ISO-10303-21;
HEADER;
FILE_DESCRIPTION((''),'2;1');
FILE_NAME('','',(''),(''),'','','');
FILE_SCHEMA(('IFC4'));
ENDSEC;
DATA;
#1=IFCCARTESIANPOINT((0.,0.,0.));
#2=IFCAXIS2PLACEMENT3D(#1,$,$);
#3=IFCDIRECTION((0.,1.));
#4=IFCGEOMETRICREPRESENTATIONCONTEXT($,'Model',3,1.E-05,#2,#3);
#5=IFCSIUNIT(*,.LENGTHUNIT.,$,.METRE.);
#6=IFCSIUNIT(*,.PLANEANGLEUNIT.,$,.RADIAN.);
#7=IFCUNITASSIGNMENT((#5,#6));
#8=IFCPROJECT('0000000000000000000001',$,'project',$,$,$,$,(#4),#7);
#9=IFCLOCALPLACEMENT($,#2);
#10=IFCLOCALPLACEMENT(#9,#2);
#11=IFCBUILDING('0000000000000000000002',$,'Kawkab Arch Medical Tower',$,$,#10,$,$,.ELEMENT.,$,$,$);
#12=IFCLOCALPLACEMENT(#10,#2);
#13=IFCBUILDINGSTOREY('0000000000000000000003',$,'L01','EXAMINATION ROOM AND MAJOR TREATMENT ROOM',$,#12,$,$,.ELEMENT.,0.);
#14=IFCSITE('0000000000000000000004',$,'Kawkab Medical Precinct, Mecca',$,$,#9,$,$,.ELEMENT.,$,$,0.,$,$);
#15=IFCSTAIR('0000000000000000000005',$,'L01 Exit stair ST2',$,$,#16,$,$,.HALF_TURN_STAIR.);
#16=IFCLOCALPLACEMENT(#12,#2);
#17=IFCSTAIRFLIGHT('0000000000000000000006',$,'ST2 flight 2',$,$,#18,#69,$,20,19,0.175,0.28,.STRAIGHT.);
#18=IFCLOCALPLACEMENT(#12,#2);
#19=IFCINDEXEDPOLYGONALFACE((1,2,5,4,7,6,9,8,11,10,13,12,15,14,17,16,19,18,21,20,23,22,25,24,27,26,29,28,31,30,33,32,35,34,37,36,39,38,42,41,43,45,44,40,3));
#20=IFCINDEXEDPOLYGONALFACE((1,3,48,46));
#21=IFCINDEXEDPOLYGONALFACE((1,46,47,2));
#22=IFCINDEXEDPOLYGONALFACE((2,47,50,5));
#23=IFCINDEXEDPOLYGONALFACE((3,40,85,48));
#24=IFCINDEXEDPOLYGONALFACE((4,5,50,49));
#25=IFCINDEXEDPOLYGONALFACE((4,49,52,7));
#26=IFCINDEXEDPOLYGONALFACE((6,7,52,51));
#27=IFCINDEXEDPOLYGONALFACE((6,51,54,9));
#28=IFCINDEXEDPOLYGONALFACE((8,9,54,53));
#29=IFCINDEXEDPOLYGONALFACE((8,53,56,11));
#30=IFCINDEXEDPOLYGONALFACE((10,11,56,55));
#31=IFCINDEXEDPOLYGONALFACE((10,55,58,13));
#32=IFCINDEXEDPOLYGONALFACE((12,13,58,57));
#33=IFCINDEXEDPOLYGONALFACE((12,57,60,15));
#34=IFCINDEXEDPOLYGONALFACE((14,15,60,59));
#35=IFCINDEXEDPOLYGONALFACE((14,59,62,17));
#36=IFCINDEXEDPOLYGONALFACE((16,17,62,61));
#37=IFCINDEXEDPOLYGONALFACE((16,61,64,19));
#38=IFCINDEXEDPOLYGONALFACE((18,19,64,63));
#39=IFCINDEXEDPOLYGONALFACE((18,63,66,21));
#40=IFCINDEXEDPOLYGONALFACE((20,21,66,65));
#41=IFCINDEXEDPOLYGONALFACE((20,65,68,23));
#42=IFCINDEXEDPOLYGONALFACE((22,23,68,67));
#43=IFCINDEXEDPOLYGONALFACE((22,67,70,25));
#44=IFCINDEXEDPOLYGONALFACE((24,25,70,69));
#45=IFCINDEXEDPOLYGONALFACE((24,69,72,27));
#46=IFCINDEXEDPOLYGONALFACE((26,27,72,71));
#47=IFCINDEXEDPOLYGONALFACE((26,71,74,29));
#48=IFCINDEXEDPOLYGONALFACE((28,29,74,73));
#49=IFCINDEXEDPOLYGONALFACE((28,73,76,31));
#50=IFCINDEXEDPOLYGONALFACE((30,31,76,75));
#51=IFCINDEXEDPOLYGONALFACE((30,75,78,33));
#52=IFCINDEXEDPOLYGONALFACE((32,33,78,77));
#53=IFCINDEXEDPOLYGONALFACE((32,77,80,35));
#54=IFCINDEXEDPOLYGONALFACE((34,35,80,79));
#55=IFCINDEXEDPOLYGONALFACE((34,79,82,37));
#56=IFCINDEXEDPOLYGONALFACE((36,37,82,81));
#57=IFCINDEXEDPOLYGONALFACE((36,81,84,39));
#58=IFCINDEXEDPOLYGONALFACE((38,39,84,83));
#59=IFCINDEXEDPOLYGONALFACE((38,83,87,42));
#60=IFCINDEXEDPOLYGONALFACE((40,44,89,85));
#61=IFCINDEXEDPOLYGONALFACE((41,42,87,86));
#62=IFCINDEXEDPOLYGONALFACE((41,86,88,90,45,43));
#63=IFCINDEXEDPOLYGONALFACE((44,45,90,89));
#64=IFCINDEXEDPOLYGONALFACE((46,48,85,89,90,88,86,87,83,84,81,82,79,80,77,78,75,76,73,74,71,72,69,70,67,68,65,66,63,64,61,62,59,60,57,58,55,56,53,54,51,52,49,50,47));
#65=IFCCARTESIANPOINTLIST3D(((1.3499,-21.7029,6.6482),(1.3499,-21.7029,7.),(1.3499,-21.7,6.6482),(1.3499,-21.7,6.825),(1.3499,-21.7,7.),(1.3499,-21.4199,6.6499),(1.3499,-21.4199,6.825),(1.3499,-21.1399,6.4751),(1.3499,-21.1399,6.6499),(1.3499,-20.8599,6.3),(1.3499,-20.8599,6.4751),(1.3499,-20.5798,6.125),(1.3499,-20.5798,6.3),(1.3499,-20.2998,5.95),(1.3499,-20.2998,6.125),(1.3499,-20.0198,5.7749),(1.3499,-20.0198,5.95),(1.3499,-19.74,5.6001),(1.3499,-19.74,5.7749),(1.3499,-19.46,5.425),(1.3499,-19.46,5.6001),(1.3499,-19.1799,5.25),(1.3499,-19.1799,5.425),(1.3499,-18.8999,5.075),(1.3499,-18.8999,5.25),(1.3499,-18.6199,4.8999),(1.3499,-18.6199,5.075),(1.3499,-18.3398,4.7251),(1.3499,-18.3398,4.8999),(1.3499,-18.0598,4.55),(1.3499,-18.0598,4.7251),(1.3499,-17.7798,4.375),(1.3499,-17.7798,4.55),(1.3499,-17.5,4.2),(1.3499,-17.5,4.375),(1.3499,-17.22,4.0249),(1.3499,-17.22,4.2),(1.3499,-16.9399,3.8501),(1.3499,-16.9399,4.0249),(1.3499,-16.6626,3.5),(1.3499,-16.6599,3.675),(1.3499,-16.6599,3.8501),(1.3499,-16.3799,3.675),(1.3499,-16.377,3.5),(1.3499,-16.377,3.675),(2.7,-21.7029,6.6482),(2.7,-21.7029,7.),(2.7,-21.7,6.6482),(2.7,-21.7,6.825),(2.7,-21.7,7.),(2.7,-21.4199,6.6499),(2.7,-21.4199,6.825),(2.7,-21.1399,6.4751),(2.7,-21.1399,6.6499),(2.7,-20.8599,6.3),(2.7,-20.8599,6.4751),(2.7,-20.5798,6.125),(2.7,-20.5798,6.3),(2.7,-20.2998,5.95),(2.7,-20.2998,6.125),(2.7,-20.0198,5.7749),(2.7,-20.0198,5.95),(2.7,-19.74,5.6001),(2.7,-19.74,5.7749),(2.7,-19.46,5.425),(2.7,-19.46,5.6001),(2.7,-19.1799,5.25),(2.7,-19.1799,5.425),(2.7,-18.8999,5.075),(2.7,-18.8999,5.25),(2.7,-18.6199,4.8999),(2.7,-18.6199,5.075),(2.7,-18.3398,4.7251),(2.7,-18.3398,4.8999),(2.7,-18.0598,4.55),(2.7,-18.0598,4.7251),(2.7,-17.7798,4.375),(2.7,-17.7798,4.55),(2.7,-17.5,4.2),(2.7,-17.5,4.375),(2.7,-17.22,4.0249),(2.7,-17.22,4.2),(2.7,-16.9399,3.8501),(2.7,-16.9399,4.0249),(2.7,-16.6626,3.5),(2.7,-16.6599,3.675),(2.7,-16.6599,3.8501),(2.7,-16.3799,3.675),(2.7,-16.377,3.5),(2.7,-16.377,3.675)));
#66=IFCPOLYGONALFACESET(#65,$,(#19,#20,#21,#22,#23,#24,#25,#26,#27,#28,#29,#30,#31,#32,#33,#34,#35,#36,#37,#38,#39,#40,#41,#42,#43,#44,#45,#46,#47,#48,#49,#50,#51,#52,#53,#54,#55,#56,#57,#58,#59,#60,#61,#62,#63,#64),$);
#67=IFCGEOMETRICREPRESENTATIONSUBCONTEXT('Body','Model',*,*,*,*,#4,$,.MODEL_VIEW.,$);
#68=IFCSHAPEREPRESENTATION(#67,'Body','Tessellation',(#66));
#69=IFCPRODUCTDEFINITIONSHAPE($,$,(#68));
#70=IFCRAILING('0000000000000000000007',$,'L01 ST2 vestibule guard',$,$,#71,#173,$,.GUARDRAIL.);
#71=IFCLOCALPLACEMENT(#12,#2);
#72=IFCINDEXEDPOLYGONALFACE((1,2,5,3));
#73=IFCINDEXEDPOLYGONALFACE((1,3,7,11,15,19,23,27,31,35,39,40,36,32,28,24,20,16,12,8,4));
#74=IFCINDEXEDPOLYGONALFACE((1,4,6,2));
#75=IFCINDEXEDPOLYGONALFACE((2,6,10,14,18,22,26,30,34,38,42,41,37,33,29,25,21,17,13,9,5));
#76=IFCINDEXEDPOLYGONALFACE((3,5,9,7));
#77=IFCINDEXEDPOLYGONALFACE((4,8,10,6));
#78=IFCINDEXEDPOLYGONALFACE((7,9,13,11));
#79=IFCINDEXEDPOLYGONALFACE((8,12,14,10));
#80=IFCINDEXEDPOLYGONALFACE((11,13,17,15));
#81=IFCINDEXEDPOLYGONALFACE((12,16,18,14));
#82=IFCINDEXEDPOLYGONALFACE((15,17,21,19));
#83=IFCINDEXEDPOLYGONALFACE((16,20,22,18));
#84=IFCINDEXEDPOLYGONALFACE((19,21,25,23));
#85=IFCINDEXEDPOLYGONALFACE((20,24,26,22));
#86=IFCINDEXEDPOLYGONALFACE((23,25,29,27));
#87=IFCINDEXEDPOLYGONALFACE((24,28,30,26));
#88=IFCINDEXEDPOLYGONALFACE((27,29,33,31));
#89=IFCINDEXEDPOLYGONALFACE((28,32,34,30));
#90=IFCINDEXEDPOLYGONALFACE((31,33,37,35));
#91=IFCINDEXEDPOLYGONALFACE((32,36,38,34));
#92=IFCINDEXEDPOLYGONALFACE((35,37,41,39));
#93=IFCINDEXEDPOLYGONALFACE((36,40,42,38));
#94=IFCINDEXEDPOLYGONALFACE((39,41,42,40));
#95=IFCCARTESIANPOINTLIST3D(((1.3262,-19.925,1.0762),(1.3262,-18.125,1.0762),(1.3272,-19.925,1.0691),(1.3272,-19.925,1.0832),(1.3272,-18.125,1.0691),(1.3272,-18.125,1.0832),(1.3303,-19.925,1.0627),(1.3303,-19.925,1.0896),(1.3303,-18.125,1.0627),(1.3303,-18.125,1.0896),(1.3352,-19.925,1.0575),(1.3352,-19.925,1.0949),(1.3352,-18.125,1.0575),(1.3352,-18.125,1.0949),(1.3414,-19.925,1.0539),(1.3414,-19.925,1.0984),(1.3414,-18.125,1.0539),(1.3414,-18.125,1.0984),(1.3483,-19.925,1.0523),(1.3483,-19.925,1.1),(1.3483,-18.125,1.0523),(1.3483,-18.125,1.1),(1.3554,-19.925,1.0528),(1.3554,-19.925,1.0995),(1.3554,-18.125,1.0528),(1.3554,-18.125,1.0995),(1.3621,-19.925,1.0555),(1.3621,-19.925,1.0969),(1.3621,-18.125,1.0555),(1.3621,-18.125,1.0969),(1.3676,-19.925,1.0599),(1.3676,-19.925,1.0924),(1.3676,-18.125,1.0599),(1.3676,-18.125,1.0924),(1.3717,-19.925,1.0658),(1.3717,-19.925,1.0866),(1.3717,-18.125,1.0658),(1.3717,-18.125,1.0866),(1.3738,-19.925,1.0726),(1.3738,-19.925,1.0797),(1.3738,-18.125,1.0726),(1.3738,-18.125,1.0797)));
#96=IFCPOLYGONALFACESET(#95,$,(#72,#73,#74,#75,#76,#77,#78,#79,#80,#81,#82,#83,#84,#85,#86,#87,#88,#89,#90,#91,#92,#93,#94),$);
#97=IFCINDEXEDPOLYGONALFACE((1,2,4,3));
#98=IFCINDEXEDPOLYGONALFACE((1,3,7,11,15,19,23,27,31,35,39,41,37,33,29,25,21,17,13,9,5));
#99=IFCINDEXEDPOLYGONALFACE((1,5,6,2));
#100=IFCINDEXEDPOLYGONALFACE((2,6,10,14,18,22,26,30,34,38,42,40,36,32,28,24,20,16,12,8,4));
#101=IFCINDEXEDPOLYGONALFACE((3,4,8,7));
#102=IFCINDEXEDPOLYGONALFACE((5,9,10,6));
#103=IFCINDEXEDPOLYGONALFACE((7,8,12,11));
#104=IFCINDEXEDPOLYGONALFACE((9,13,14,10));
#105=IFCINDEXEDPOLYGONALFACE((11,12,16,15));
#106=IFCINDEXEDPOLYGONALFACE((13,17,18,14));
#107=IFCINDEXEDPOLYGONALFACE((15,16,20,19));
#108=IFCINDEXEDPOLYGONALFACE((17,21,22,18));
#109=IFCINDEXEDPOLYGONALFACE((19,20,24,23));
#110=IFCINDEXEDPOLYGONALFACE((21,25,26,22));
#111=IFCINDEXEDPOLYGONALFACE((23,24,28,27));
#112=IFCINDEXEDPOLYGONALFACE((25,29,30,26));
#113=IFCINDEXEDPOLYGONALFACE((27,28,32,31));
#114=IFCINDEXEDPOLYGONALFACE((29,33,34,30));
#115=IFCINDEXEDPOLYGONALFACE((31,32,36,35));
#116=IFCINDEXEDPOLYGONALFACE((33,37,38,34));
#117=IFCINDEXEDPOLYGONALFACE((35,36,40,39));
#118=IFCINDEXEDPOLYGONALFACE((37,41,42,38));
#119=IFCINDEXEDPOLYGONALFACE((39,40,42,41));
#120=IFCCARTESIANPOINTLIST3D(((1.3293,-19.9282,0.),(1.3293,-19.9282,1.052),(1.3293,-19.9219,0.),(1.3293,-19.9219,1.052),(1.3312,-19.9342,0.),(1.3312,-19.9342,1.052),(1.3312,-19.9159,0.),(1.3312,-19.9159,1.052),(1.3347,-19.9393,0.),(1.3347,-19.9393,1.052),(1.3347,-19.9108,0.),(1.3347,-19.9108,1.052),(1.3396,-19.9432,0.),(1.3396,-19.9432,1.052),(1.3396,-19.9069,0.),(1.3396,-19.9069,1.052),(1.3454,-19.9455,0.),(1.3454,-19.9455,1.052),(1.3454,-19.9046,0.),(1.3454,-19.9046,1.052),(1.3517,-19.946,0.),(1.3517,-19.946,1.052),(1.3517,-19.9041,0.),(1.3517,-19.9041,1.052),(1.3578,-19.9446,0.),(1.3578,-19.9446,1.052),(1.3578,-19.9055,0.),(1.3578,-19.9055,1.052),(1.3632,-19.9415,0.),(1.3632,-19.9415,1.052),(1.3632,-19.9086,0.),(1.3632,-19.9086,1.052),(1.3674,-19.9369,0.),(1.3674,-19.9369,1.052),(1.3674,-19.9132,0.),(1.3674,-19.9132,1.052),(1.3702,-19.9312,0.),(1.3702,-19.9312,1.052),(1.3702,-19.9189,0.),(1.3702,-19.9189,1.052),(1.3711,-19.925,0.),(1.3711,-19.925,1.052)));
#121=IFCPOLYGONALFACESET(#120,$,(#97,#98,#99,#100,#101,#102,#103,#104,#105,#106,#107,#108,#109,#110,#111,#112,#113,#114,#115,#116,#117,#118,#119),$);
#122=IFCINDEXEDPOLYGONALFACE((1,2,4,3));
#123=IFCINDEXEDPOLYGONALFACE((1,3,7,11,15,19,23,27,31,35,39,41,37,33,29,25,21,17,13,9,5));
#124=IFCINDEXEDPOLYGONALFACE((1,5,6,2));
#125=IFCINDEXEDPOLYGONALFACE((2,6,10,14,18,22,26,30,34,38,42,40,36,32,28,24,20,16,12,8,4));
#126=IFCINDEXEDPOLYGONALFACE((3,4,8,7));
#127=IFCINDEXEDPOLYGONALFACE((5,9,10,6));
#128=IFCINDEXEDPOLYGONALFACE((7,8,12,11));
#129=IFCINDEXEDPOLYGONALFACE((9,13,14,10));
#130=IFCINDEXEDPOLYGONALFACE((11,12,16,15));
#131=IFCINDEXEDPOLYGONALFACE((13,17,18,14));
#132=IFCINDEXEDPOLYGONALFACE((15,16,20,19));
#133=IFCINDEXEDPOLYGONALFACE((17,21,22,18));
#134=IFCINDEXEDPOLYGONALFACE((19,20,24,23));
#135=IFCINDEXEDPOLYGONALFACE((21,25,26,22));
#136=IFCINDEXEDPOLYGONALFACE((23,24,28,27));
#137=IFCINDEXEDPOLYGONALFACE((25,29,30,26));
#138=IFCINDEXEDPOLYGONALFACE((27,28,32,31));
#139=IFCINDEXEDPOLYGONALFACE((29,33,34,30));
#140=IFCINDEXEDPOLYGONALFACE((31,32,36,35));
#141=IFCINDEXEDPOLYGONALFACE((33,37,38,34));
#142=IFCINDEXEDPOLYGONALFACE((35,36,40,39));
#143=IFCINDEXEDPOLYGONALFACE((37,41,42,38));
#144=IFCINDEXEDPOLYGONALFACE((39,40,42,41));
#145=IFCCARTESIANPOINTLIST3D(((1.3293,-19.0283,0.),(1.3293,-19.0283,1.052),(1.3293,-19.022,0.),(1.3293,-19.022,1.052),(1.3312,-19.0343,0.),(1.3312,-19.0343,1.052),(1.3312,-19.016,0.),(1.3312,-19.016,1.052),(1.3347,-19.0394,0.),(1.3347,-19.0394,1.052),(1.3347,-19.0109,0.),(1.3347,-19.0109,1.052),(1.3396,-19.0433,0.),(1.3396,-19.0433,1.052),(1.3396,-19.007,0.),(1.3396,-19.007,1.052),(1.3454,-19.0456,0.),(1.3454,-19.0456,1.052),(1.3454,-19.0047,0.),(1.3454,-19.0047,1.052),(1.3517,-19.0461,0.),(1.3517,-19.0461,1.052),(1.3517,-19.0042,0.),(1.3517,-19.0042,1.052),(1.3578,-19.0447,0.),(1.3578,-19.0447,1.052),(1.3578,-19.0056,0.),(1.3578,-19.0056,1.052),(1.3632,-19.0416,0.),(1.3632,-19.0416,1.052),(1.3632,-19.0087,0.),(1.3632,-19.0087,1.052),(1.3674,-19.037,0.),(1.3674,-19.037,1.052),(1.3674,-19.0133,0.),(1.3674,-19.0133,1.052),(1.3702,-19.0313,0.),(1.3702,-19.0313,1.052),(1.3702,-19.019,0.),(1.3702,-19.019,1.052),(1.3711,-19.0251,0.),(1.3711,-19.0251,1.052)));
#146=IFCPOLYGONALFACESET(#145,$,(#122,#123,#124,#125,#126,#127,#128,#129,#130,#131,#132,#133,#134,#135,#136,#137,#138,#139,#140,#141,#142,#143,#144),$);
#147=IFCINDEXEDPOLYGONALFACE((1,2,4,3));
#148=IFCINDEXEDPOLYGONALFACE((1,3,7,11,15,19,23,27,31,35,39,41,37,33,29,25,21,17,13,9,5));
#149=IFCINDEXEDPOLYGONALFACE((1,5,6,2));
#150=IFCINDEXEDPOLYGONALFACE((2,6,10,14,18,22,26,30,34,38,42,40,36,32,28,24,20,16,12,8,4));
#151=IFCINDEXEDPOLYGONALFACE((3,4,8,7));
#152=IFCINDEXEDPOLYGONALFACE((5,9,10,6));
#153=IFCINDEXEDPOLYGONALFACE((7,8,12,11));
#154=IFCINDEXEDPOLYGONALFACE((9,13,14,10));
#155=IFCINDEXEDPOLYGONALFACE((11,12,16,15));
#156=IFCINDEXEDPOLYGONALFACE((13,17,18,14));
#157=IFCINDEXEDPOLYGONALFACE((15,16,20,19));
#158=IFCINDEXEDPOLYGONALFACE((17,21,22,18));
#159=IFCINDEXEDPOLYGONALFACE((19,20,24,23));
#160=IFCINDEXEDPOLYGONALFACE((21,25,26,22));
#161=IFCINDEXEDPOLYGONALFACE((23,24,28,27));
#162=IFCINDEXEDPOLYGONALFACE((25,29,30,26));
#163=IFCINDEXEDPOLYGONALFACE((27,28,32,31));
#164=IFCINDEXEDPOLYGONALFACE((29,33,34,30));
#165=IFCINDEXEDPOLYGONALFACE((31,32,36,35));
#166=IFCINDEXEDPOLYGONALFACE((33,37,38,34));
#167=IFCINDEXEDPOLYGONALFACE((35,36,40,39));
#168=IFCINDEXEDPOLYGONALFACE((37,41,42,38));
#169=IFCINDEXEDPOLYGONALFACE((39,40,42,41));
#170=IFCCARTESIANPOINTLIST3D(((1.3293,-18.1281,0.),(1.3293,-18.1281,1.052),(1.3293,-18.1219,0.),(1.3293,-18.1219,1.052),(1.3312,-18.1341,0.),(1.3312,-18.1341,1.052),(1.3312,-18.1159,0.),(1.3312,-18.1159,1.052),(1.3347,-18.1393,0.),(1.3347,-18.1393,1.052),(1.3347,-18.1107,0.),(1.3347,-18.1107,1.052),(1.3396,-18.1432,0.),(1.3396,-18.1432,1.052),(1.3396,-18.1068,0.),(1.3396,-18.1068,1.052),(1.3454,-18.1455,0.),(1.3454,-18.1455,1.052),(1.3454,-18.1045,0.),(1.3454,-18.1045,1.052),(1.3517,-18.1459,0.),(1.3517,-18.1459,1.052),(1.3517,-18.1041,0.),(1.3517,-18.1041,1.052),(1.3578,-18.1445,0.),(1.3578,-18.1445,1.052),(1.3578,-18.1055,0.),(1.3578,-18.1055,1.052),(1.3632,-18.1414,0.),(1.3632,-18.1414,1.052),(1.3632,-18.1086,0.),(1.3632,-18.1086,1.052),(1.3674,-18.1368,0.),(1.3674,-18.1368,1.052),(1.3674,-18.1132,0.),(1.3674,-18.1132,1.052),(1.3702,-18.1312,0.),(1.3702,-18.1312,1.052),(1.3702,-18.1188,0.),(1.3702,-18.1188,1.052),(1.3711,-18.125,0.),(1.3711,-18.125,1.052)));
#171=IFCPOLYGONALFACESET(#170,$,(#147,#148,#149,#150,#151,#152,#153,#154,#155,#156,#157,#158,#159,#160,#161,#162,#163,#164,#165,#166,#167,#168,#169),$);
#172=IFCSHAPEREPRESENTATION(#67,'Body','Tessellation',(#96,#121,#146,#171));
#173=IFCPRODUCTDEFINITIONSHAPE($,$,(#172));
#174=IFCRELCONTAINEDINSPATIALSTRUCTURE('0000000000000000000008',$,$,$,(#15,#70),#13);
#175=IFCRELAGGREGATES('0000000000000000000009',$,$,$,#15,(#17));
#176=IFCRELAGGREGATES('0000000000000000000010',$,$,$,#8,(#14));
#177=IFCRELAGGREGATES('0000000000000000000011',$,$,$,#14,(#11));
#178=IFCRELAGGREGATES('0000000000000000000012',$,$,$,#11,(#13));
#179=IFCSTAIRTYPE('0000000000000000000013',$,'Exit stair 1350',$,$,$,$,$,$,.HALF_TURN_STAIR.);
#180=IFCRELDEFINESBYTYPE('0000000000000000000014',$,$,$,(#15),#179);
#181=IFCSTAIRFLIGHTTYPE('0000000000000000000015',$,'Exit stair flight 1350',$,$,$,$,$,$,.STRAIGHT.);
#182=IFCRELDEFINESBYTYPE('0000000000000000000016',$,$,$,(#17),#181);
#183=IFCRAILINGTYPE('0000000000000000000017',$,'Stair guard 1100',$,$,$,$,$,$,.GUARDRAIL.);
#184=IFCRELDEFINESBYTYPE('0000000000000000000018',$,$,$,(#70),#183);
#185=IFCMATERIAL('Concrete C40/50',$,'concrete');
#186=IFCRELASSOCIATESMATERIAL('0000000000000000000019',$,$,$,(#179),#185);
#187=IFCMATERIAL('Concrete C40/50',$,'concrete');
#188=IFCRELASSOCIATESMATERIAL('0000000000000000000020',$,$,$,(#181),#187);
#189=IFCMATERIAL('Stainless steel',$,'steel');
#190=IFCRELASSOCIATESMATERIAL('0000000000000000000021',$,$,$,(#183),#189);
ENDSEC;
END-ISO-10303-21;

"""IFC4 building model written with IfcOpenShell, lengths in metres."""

from ifc_helpers import new_model, si_unit, direction, frame, origin, origin_2d, place, context, subcontext, project, spatial, polyline, circle, outline, extrude, material, type_object, element, aggregate, save


model = new_model("IFC4")

# Units and contexts
model_context = context("Model", 3, precision=1e-05, world=origin(), true_north=direction((0.0, 1.0)))
body_context = subcontext(model_context, "Body", "Model", "MODEL_VIEW")
ifc_project = project(units=[si_unit("LENGTHUNIT", "METRE"), si_unit("PLANEANGLEUNIT", "RADIAN")], contexts=[model_context])

# Site, building, storey
site_placement = place(None, origin())
site = spatial("IfcSite", under=ifc_project, at=site_placement, Name="Kawkab Medical Precinct, Mecca", CompositionType="ELEMENT", RefElevation=0.0)
building_placement = place(site_placement, origin())
building = spatial("IfcBuilding", under=site, at=building_placement, Name="Kawkab Arch Medical Tower", CompositionType="ELEMENT")
storey_placement = place(building_placement, origin())
storey = spatial("IfcBuildingStorey", under=building, at=storey_placement, Name="L01", Description="EXAMINATION ROOM AND MAJOR TREATMENT ROOM", CompositionType="ELEMENT", Elevation=0.0)

# Stair, stair flight
ifc_material_1 = material(Name="Concrete C40/50", Category="concrete")
stair_type = type_object("IfcStairType", Name="Exit stair 1350", PredefinedType="HALF_TURN_STAIR", material=ifc_material_1)
stair_placement = place(storey_placement, origin())
stair = element("IfcStair", 1, at=stair_placement, inside=storey, type_object=stair_type, Name="L01 Exit stair ST2", PredefinedType="HALF_TURN_STAIR")
ifc_material_2 = material(Name="Concrete C40/50", Category="concrete")
stair_flight_type = type_object("IfcStairFlightType", Name="Exit stair flight 1350", PredefinedType="STRAIGHT", material=ifc_material_2)
stair_flight_placement = place(storey_placement, frame((2.0249, -16.3799, 3.5), z_axis=(0.0, 0.0, 1.0), x_axis=(0.0, -1.0, 0.0)))
stair_flight = element("IfcStairFlight", 2, at=stair_flight_placement, type_object=stair_flight_type, Name="ST2 flight 2", NumberOfRisers=20, NumberOfTreads=19, PredefinedType="STRAIGHT", RiserHeight=0.175, TreadLength=0.28, context=body_context, shape_type="SweptSolid", body=[
    extrude(outline(polyline([(-0.0029, 0.0), (-0.0029, 0.175), (0.0, 0.175), (0.28, 0.175), (0.28, 0.3501), (0.5601, 0.3501), (0.5601, 0.5249), (0.8401, 0.5249), (0.8401, 0.7), (1.1201, 0.7), (1.1201, 0.875), (1.3999, 0.875), (1.3999, 1.05), (1.6799, 1.05), (1.6799, 1.2251), (1.96, 1.2251), (1.96, 1.3999), (2.24, 1.3999), (2.24, 1.575), (2.52, 1.575), (2.52, 1.75), (2.8, 1.75), (2.8, 1.925), (3.0801, 1.925), (3.0801, 2.1001), (3.3601, 2.1001), (3.3601, 2.2749), (3.6399, 2.2749), (3.6399, 2.45), (3.9199, 2.45), (3.9199, 2.625), (4.2, 2.625), (4.2, 2.8), (4.48, 2.8), (4.48, 2.9751), (4.76, 2.9751), (4.76, 3.1499), (5.04, 3.1499), (5.04, 3.325), (5.3201, 3.325), (5.3201, 3.5), (5.323, 3.5), (5.323, 3.1482), (5.3201, 3.1482), (0.2827, 0.0), (-0.0029, 0.0)])), frame((0.0, 0.675, 0.0), z_axis=(0.0, -1.0, 0.0), x_axis=(1.0, 0.0, 0.0)), (0.0, 0.0, 1.0), 1.3501),
])
aggregate(stair, [stair_flight])

# Railing
ifc_material_3 = material(Name="Stainless steel", Category="steel")
railing_type = type_object("IfcRailingType", Name="Stair guard 1100", PredefinedType="GUARDRAIL", material=ifc_material_3)
railing_1_placement = place(storey_placement, frame((1.3501, -19.925, 0.0)))
element("IfcRailing", 3, at=railing_1_placement, inside=storey, type_object=railing_type, Name="L01 ST2 vestibule guard", PredefinedType="GUARDRAIL", context=body_context, shape_type="SweptSolid", body=[
    extrude(circle(Radius=0.0239, at=origin_2d()), frame((0.0, 0.0, 1.0762), z_axis=(0.0, 1.0, 0.0), x_axis=(-1.0, 0.0, 0.0)), (0.0, 0.0, 1.0), 1.8),
    extrude(circle(Radius=0.021, at=origin_2d()), origin(), (0.0, 0.0, 1.0), 1.052),
    extrude(circle(Radius=0.021, at=origin_2d()), frame((0.0, 0.8999, 0.0)), (0.0, 0.0, 1.0), 1.052),
    extrude(circle(Radius=0.021, at=origin_2d()), frame((0.0, 1.8, 0.0)), (0.0, 0.0, 1.0), 1.052),
])

save(model, "model.ifc")
